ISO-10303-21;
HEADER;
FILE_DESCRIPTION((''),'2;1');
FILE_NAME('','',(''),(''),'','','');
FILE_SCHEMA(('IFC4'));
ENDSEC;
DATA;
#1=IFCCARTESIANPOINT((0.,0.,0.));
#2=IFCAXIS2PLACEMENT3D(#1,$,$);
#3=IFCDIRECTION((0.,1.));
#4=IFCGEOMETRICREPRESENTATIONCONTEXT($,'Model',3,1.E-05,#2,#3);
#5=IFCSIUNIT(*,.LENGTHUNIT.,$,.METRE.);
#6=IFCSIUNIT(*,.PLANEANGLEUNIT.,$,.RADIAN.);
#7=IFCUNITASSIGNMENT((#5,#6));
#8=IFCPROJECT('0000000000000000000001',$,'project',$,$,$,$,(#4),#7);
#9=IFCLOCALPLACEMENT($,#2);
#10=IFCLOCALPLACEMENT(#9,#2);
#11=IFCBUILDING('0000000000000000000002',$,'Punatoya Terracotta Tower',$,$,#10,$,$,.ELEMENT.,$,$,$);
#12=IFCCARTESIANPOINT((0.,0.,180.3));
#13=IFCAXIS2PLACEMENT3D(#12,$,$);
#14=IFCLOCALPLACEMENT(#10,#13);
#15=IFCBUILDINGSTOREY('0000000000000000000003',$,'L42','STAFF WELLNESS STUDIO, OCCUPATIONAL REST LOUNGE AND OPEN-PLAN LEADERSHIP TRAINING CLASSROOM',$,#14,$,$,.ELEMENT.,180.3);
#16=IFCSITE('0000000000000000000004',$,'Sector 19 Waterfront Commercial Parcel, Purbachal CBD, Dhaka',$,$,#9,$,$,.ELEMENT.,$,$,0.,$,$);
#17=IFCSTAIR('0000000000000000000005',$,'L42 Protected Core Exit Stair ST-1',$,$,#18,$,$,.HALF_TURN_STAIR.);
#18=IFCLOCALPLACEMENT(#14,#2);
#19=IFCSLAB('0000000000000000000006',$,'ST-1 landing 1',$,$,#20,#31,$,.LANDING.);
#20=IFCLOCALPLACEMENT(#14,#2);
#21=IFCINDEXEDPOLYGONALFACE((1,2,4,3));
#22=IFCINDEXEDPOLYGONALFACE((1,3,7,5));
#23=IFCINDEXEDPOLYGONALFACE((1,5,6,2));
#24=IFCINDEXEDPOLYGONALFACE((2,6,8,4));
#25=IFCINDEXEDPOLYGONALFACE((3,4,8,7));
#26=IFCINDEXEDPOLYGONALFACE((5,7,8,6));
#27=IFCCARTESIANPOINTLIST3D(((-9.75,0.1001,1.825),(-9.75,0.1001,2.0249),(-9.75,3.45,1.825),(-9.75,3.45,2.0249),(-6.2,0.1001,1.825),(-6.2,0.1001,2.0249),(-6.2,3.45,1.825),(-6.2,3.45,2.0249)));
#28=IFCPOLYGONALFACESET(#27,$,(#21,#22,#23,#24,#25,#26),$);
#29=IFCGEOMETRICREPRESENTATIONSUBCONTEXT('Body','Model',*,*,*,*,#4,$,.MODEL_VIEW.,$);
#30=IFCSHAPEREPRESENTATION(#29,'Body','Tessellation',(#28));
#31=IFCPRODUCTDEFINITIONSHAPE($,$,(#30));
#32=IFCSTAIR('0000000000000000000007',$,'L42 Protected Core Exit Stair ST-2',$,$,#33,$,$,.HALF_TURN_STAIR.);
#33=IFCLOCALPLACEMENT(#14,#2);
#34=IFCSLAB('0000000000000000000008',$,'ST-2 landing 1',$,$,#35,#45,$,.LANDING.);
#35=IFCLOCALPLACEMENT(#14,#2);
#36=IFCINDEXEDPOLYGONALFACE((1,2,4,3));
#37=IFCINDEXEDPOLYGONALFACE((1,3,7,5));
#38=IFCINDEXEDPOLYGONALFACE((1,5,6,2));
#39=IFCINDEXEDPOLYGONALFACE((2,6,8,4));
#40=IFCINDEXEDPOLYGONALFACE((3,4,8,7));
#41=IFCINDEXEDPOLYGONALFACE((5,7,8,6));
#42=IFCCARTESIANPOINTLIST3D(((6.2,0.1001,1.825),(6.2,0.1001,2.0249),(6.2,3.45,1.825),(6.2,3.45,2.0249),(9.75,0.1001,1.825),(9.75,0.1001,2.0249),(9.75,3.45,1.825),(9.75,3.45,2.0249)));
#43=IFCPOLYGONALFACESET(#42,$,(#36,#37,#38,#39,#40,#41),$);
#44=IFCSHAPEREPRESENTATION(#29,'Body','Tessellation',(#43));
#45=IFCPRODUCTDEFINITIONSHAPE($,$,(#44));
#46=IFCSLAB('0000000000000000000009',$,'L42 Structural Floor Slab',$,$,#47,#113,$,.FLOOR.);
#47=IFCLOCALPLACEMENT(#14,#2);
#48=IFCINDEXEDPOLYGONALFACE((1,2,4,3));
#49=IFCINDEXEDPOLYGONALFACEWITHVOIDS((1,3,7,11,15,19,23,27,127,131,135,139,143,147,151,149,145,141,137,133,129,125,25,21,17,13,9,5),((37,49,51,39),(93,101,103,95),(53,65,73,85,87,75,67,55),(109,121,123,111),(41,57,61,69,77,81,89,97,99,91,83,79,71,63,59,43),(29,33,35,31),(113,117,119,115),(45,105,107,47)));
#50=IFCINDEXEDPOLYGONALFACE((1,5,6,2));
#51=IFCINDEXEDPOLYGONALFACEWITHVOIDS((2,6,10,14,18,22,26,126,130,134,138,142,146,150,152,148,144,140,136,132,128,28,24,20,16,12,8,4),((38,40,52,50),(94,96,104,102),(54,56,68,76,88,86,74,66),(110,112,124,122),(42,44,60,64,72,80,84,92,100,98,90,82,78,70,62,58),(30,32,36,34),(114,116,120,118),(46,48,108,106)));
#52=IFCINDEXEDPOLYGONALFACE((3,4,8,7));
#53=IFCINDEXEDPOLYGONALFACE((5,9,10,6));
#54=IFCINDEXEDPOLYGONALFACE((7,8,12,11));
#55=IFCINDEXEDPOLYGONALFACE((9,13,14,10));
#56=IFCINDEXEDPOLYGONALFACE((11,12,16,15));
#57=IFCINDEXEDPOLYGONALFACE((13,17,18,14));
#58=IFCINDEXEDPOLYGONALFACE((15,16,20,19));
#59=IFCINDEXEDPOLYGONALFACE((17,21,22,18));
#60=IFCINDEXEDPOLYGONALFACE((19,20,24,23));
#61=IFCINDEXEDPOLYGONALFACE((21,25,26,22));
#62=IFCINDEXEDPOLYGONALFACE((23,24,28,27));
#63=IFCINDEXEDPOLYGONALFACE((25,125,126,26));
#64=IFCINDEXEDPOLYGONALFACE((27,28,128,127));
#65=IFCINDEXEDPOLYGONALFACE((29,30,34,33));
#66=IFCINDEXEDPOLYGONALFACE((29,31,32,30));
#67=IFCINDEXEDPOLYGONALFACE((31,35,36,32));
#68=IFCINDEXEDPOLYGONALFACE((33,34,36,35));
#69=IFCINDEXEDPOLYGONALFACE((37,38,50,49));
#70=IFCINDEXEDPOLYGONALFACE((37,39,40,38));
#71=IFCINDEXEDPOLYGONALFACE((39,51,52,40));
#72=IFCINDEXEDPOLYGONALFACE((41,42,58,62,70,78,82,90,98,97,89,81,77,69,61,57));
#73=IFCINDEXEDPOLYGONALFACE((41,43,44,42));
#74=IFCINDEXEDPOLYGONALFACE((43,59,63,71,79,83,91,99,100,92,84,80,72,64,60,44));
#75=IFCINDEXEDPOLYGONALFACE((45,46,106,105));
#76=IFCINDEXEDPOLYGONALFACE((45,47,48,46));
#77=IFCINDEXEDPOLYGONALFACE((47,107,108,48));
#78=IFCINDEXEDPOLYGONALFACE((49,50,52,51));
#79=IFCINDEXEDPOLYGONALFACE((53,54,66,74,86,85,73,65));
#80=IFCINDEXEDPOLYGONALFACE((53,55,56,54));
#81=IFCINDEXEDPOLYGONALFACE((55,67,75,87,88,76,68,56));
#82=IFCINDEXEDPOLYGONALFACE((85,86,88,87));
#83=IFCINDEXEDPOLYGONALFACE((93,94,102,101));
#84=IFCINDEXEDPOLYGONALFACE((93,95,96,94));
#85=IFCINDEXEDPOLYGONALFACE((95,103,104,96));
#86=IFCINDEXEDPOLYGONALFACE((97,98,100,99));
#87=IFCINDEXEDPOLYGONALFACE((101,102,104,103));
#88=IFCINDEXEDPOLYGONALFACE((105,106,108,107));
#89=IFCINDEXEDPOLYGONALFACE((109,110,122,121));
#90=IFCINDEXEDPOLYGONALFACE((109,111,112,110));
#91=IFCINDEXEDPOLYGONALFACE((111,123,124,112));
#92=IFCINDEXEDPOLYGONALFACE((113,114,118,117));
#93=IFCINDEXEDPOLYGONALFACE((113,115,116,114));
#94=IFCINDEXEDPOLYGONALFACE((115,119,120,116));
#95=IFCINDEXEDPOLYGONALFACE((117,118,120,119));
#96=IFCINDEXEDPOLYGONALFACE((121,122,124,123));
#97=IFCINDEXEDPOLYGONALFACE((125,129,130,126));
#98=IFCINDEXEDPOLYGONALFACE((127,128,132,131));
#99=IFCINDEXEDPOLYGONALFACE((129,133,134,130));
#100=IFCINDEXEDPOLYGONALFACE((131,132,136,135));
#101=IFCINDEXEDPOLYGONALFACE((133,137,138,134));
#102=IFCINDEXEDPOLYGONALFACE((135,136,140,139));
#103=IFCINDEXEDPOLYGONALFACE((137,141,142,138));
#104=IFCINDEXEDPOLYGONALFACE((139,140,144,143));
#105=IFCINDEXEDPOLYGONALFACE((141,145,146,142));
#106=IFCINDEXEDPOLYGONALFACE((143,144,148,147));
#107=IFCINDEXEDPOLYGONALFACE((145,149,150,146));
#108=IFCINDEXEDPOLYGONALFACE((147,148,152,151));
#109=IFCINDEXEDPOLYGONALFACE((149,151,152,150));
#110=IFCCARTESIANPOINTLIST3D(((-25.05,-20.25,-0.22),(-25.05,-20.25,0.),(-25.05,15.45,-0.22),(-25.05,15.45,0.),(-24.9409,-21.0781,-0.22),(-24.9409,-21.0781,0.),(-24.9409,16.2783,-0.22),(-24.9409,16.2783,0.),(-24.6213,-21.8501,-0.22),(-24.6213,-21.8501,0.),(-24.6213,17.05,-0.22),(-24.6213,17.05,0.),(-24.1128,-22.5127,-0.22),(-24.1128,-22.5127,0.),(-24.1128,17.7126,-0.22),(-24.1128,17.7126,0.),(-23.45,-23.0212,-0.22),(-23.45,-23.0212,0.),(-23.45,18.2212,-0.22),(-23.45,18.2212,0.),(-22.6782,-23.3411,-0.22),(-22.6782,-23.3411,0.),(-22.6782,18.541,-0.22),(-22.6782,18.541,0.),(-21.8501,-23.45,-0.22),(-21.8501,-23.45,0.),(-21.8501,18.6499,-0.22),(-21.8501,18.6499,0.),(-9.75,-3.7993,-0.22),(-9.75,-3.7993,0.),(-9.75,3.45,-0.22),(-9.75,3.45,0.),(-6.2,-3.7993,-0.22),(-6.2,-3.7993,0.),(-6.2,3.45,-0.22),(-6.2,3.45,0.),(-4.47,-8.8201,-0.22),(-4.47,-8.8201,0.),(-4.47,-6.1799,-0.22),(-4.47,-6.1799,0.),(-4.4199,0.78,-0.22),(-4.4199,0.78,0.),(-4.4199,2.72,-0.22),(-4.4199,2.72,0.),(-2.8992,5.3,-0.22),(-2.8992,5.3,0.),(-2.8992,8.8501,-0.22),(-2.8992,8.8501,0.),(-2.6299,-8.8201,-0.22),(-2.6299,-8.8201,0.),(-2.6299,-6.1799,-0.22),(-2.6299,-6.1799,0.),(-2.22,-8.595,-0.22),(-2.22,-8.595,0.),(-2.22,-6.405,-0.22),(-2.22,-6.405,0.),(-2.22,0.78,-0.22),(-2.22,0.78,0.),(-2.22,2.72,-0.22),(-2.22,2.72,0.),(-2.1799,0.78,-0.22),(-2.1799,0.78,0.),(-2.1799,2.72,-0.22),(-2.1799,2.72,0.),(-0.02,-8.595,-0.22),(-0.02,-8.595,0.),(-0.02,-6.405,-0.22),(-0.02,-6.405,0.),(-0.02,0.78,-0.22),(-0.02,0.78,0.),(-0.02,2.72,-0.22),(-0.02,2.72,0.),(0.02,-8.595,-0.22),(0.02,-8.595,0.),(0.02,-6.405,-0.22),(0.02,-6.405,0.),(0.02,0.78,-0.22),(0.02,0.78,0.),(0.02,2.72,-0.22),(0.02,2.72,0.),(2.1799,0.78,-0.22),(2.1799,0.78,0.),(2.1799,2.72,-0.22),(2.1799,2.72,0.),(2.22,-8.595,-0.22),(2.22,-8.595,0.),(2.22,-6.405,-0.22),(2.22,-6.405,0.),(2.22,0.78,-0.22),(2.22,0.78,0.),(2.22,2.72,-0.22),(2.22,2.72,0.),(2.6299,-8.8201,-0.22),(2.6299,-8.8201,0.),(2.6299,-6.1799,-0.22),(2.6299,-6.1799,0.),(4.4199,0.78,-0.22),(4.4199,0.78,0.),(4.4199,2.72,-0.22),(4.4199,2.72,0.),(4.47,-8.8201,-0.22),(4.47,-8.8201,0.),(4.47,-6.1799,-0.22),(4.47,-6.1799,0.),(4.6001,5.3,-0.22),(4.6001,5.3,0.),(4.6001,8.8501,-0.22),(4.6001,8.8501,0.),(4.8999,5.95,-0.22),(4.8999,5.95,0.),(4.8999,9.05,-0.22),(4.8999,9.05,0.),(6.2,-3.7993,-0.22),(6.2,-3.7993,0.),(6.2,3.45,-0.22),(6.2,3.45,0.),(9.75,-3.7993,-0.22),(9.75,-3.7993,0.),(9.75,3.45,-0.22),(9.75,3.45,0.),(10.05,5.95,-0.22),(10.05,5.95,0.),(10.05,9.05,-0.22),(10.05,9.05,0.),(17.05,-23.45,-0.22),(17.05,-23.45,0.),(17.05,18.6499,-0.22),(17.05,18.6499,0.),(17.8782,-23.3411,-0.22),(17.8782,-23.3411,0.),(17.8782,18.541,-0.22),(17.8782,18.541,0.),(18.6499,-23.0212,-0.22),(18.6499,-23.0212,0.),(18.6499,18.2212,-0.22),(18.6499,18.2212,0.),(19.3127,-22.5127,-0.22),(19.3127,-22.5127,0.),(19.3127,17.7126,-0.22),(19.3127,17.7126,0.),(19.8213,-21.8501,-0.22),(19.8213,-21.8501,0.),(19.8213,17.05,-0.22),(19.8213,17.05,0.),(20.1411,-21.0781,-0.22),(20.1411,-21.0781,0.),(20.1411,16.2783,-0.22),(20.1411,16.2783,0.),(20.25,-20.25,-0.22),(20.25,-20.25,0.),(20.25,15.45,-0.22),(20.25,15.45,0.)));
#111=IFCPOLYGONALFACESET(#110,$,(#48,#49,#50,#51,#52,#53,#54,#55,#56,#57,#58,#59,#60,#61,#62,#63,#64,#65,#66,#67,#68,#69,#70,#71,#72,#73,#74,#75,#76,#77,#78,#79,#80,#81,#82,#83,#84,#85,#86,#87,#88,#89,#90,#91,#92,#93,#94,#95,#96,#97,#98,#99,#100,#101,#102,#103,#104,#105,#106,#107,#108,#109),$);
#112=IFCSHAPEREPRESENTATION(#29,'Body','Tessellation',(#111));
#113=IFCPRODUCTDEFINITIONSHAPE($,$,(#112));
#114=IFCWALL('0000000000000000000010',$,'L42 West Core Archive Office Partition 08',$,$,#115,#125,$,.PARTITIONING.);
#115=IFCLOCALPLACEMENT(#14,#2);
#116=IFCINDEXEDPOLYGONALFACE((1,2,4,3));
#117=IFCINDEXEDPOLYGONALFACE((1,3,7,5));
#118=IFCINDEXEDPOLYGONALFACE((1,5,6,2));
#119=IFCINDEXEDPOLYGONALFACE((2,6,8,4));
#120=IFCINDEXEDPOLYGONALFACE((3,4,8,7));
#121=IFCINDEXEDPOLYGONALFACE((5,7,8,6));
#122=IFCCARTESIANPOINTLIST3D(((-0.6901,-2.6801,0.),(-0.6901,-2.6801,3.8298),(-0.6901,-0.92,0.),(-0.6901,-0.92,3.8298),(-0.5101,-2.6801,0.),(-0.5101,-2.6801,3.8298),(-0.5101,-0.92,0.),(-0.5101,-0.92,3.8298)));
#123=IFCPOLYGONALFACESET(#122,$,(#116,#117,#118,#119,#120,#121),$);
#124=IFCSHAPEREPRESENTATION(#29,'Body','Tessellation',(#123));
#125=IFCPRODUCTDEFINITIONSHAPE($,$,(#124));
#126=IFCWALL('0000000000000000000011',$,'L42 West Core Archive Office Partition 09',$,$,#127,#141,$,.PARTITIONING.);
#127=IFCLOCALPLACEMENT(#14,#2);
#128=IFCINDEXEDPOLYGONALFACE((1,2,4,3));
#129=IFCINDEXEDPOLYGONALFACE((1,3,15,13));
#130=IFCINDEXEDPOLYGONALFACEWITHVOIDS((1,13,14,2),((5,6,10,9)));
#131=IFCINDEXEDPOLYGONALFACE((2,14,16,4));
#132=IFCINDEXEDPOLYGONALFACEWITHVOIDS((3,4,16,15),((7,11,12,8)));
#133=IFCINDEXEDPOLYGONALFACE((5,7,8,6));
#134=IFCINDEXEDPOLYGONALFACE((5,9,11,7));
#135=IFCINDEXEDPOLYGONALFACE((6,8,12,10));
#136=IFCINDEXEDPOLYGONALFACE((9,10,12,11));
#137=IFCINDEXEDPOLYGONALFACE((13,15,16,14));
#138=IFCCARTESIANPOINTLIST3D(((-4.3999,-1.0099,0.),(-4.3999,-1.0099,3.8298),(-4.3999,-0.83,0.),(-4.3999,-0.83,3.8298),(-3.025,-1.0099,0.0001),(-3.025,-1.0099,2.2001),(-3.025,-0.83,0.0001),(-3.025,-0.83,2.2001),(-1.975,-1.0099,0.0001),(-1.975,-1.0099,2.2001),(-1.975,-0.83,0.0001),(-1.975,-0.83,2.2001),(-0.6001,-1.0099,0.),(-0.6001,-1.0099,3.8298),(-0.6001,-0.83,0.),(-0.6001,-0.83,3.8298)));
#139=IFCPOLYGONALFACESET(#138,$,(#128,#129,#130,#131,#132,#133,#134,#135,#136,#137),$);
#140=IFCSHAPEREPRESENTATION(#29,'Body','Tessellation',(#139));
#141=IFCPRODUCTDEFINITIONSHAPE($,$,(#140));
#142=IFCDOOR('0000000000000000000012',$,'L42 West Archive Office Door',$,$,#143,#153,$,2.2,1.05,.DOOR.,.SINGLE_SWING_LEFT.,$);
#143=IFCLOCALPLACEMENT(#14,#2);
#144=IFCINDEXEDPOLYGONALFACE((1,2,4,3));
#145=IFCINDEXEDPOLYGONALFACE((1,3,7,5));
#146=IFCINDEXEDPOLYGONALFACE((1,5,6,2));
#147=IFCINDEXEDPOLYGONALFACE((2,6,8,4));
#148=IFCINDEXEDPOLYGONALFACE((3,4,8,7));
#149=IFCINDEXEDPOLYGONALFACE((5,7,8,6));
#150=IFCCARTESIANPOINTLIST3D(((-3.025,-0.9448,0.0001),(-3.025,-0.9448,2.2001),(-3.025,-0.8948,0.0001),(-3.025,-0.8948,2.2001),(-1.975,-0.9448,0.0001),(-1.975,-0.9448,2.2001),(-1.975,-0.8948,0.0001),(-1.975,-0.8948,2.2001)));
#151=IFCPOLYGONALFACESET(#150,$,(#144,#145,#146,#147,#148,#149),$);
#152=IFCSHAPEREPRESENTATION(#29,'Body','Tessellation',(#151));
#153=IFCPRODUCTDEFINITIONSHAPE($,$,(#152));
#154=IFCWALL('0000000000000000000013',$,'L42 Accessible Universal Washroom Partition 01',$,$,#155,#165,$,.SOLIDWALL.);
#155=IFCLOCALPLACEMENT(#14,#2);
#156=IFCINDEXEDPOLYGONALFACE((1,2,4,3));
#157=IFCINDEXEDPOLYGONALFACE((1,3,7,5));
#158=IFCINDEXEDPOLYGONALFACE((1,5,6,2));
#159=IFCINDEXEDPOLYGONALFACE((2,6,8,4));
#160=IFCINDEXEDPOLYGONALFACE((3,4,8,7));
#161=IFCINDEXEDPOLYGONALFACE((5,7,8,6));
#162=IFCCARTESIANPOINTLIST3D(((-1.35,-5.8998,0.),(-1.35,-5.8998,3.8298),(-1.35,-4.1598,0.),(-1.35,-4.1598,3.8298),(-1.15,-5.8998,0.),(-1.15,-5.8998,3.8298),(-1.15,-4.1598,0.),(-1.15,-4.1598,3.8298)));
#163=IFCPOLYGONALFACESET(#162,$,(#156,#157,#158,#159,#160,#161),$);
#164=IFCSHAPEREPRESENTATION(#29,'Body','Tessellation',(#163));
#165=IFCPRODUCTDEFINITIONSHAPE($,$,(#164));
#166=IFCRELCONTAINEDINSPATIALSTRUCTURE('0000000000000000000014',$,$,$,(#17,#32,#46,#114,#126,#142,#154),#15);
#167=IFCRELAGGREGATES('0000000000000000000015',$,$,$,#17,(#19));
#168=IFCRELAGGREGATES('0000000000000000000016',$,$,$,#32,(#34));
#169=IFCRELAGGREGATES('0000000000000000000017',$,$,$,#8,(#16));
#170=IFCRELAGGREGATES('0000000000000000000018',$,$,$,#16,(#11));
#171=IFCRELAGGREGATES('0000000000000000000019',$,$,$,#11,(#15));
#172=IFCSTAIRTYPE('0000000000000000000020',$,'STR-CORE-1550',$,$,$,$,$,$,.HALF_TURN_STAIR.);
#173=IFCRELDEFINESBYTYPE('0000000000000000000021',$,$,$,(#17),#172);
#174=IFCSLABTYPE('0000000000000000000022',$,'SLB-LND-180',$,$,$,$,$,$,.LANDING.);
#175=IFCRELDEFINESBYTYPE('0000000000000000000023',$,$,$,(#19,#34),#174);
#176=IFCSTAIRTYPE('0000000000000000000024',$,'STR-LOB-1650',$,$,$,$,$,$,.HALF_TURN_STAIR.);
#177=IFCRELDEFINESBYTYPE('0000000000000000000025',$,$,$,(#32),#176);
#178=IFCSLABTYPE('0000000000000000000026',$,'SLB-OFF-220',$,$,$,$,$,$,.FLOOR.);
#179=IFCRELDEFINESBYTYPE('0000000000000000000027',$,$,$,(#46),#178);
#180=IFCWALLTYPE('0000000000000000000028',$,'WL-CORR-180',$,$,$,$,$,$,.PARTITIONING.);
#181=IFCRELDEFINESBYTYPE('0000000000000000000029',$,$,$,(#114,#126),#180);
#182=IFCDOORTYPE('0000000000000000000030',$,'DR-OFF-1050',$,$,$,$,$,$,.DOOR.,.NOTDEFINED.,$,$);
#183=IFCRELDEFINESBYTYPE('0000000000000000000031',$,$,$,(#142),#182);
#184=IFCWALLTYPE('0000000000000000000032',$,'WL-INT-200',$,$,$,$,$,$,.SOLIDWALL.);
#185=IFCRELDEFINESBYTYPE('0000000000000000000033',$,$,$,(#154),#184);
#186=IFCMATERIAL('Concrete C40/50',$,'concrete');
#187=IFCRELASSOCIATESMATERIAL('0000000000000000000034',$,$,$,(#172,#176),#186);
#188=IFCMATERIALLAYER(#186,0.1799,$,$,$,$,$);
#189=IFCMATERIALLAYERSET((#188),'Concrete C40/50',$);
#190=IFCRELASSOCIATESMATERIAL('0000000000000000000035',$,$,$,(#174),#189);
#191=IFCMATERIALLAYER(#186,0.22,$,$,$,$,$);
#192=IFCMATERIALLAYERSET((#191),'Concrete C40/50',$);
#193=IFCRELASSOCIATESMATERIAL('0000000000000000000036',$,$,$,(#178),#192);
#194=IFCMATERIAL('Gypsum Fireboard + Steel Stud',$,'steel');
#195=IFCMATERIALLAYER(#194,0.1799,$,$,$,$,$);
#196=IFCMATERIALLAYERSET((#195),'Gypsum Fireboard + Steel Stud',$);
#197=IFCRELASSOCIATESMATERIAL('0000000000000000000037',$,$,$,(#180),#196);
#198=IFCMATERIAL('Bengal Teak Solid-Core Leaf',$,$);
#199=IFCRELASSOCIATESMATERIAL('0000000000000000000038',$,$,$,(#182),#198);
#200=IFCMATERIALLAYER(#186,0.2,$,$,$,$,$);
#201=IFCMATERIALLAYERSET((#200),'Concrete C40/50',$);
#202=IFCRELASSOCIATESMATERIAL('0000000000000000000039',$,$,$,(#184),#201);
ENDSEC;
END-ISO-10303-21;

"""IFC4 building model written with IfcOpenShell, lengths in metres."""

from ifc_helpers import new_model, si_unit, direction, frame, frame_2d, origin, place, context, subcontext, project, spatial, polyline, rectangle, outline, extrude, material, layer, layer_set, type_object, element, fill, aggregate, save


model = new_model("IFC4")

# Units and contexts
model_context = context("Model", 3, precision=1e-05, world=origin(), true_north=direction((0.0, 1.0)))
body_context = subcontext(model_context, "Body", "Model", "MODEL_VIEW")
ifc_project = project(units=[si_unit("LENGTHUNIT", "METRE"), si_unit("PLANEANGLEUNIT", "RADIAN")], contexts=[model_context])

# Site, building, storey
site_placement = place(None, origin())
site = spatial("IfcSite", under=ifc_project, at=site_placement, Name="Sector 19 Waterfront Commercial Parcel, Purbachal CBD, Dhaka", CompositionType="ELEMENT", RefElevation=0.0)
building_placement = place(site_placement, origin())
building = spatial("IfcBuilding", under=site, at=building_placement, Name="Punatoya Terracotta Tower", CompositionType="ELEMENT")
storey_placement = place(building_placement, frame((0.0, 0.0, 180.3)))
storey = spatial("IfcBuildingStorey", under=building, at=storey_placement, Name="L42", Description="STAFF WELLNESS STUDIO, OCCUPATIONAL REST LOUNGE AND OPEN-PLAN LEADERSHIP TRAINING CLASSROOM", CompositionType="ELEMENT", Elevation=180.3)

# Stairs, slabs
ifc_material_1 = material(Name="Concrete C40/50", Category="concrete")
stair_type_1 = type_object("IfcStairType", Name="STR-CORE-1550", PredefinedType="HALF_TURN_STAIR", material=ifc_material_1)
stair_1_placement = place(storey_placement, origin())
stair_1 = element("IfcStair", 1, at=stair_1_placement, inside=storey, type_object=stair_type_1, Name="L42 Protected Core Exit Stair ST-1", PredefinedType="HALF_TURN_STAIR")
ifc_layer_1 = layer(ifc_material_1, 0.1799)
ifc_layer_set_1 = layer_set([ifc_layer_1], Name="Concrete C40/50")
slab_type_1 = type_object("IfcSlabType", Name="SLB-LND-180", PredefinedType="LANDING", material=ifc_layer_set_1)
slab_1_placement = place(storey_placement, frame((0.0, 0.0, 1.825)))
slab_1 = element("IfcSlab", 2, at=slab_1_placement, type_object=slab_type_1, Name="ST-1 landing 1", PredefinedType="LANDING", context=body_context, shape_type="SweptSolid", body=[
    extrude(outline(polyline([(-6.2, 0.1001), (-6.2, 3.45), (-9.75, 3.45), (-9.75, 0.1001), (-6.2, 0.1001)])), origin(), (0.0, 0.0, 1.0), 0.2),
])
aggregate(stair_1, [slab_1])
stair_type_2 = type_object("IfcStairType", Name="STR-LOB-1650", PredefinedType="HALF_TURN_STAIR", material=ifc_material_1)
stair_2_placement = place(storey_placement, origin())
stair_2 = element("IfcStair", 3, at=stair_2_placement, inside=storey, type_object=stair_type_2, Name="L42 Protected Core Exit Stair ST-2", PredefinedType="HALF_TURN_STAIR")
slab_2_placement = place(storey_placement, frame((0.0, 0.0, 1.825)))
slab_2 = element("IfcSlab", 4, at=slab_2_placement, type_object=slab_type_1, Name="ST-2 landing 1", PredefinedType="LANDING", context=body_context, shape_type="SweptSolid", body=[
    extrude(outline(polyline([(9.75, 0.1001), (9.75, 3.45), (6.2, 3.45), (6.2, 0.1001), (9.75, 0.1001)])), origin(), (0.0, 0.0, 1.0), 0.2),
])
aggregate(stair_2, [slab_2])

# Slab
ifc_layer_2 = layer(ifc_material_1, 0.22)
ifc_layer_set_2 = layer_set([ifc_layer_2], Name="Concrete C40/50")
slab_type_2 = type_object("IfcSlabType", Name="SLB-OFF-220", PredefinedType="FLOOR", material=ifc_layer_set_2)
slab_3_placement = place(storey_placement, frame((0.0, 0.0, -0.22)))
element("IfcSlab", 5, at=slab_3_placement, inside=storey, type_object=slab_type_2, Name="L42 Structural Floor Slab", PredefinedType="FLOOR", context=body_context, shape_type="SweptSolid", body=[
    extrude(outline(polyline([(-21.8501, -23.45), (-22.6782, -23.3411), (-23.45, -23.0212), (-24.1128, -22.5127), (-24.6213, -21.8501), (-24.9409, -21.0781), (-25.05, -20.25), (-25.05, 15.45), (-24.9409, 16.2783), (-24.6213, 17.05), (-24.1128, 17.7126), (-23.45, 18.2212), (-22.6782, 18.541), (-21.8501, 18.6499), (17.05, 18.6499), (17.8782, 18.541), (18.6499, 18.2212), (19.3127, 17.7126), (19.8213, 17.05), (20.1411, 16.2783), (20.25, 15.45), (20.25, -20.25), (20.1411, -21.0781), (19.8213, -21.8501), (19.3127, -22.5127), (18.6499, -23.0212), (17.8782, -23.3411), (17.05, -23.45), (-21.8501, -23.45)]), holes=[polyline([(-2.6299, -6.1799), (-4.47, -6.1799), (-4.47, -8.8201), (-2.6299, -8.8201), (-2.6299, -6.1799)]), polyline([(0.02, -8.595), (2.22, -8.595), (2.22, -6.405), (0.02, -6.405), (-0.02, -6.405), (-2.22, -6.405), (-2.22, -8.595), (-0.02, -8.595), (0.02, -8.595)]), polyline([(-6.2, 3.45), (-9.75, 3.45), (-9.75, -3.7993), (-6.2, -3.7993), (-6.2, 3.45)]), polyline([(-4.4199, 2.72), (-4.4199, 0.78), (-2.22, 0.78), (-2.1799, 0.78), (-0.02, 0.78), (0.02, 0.78), (2.1799, 0.78), (2.22, 0.78), (4.4199, 0.78), (4.4199, 2.72), (2.22, 2.72), (2.1799, 2.72), (0.02, 2.72), (-0.02, 2.72), (-2.1799, 2.72), (-2.22, 2.72), (-4.4199, 2.72)]), polyline([(4.6001, 5.3), (4.6001, 8.8501), (-2.8992, 8.8501), (-2.8992, 5.3), (4.6001, 5.3)]), polyline([(4.47, -8.8201), (4.47, -6.1799), (2.6299, -6.1799), (2.6299, -8.8201), (4.47, -8.8201)]), polyline([(9.75, 3.45), (6.2, 3.45), (6.2, -3.7993), (9.75, -3.7993), (9.75, 3.45)]), polyline([(10.05, 5.95), (10.05, 9.05), (4.8999, 9.05), (4.8999, 5.95), (10.05, 5.95)])]), origin(), (0.0, 0.0, 1.0), 0.22),
])

# Wall
ifc_material_2 = material(Name="Gypsum Fireboard + Steel Stud", Category="steel")
ifc_layer_3 = layer(ifc_material_2, 0.1799)
ifc_layer_set_3 = layer_set([ifc_layer_3], Name="Gypsum Fireboard + Steel Stud")
wall_type_1 = type_object("IfcWallType", Name="WL-CORR-180", PredefinedType="PARTITIONING", material=ifc_layer_set_3)
wall_1_placement = place(storey_placement, frame((-0.6001, -2.6799, 0.0), z_axis=(0.0, 0.0, 1.0), x_axis=(0.0, 1.0, 0.0)))
element("IfcWall", 6, at=wall_1_placement, inside=storey, type_object=wall_type_1, Name="L42 West Core Archive Office Partition 08", PredefinedType="PARTITIONING", context=body_context, shape_type="SweptSolid", body=[
    extrude(rectangle(XDim=1.76, YDim=0.1799, at=frame_2d((0.8799, 0.0))), origin(), (0.0, 0.0, 1.0), 3.8298),
])

# Wall, opening, door
wall_2_placement = place(storey_placement, frame((-0.6001, -0.9199, 0.0), z_axis=(0.0, 0.0, 1.0), x_axis=(-1.0, 0.0, 0.0)))
wall_2 = element("IfcWall", 7, at=wall_2_placement, inside=storey, type_object=wall_type_1, Name="L42 West Core Archive Office Partition 09", PredefinedType="PARTITIONING", context=body_context, shape_type="SweptSolid", body=[
    extrude(rectangle(XDim=3.7998, YDim=0.1799, at=frame_2d((1.8999, 0.0))), origin(), (0.0, 0.0, 1.0), 3.8298),
])
opening_1_placement = place(wall_2_placement, frame((1.375, 0.0, 0.0)))
opening_1 = element("IfcOpeningElement", 8, at=opening_1_placement, cuts=wall_2, PredefinedType="OPENING", context=body_context, shape_type="SweptSolid", body=[
    extrude(rectangle(XDim=1.05, YDim=2.2, at=frame_2d((0.5249, 1.1001))), frame((0.0, 0.0999, 0.0), z_axis=(0.0, -1.0, 0.0), x_axis=(1.0, 0.0, 0.0)), (0.0, 0.0, 1.0), 0.2),
])
ifc_material_3 = material(Name="Bengal Teak Solid-Core Leaf")
door_type_1 = type_object("IfcDoorType", Name="DR-OFF-1050", OperationType="NOTDEFINED", PredefinedType="DOOR", material=ifc_material_3)
door_1_placement = place(opening_1_placement, origin())
door_1 = element("IfcDoor", 9, at=door_1_placement, inside=storey, type_object=door_type_1, Name="L42 West Archive Office Door", OperationType="SINGLE_SWING_LEFT", OverallHeight=2.2, OverallWidth=1.05, PredefinedType="DOOR", context=body_context, shape_type="SweptSolid", body=[
    extrude(rectangle(XDim=1.05, YDim=2.2, at=frame_2d((0.5249, 1.1001))), frame((0.0, 0.0249, 0.0), z_axis=(0.0, -1.0, 0.0), x_axis=(1.0, 0.0, 0.0)), (0.0, 0.0, 1.0), 0.05),
])
fill(opening_1, door_1)

# Wall
ifc_layer_4 = layer(ifc_material_1, 0.2)
ifc_layer_set_4 = layer_set([ifc_layer_4], Name="Concrete C40/50")
wall_type_2 = type_object("IfcWallType", Name="WL-INT-200", PredefinedType="SOLIDWALL", material=ifc_layer_set_4)
wall_3_placement = place(storey_placement, frame((-1.25, -5.8999, 0.0), z_axis=(0.0, 0.0, 1.0), x_axis=(0.0, 1.0, 0.0)))
element("IfcWall", 10, at=wall_3_placement, inside=storey, type_object=wall_type_2, Name="L42 Accessible Universal Washroom Partition 01", PredefinedType="SOLIDWALL", context=body_context, shape_type="SweptSolid", body=[
    extrude(rectangle(XDim=1.74, YDim=0.2, at=frame_2d((0.8701, 0.0))), origin(), (0.0, 0.0, 1.0), 3.8298),
])

save(model, "model.ifc")
